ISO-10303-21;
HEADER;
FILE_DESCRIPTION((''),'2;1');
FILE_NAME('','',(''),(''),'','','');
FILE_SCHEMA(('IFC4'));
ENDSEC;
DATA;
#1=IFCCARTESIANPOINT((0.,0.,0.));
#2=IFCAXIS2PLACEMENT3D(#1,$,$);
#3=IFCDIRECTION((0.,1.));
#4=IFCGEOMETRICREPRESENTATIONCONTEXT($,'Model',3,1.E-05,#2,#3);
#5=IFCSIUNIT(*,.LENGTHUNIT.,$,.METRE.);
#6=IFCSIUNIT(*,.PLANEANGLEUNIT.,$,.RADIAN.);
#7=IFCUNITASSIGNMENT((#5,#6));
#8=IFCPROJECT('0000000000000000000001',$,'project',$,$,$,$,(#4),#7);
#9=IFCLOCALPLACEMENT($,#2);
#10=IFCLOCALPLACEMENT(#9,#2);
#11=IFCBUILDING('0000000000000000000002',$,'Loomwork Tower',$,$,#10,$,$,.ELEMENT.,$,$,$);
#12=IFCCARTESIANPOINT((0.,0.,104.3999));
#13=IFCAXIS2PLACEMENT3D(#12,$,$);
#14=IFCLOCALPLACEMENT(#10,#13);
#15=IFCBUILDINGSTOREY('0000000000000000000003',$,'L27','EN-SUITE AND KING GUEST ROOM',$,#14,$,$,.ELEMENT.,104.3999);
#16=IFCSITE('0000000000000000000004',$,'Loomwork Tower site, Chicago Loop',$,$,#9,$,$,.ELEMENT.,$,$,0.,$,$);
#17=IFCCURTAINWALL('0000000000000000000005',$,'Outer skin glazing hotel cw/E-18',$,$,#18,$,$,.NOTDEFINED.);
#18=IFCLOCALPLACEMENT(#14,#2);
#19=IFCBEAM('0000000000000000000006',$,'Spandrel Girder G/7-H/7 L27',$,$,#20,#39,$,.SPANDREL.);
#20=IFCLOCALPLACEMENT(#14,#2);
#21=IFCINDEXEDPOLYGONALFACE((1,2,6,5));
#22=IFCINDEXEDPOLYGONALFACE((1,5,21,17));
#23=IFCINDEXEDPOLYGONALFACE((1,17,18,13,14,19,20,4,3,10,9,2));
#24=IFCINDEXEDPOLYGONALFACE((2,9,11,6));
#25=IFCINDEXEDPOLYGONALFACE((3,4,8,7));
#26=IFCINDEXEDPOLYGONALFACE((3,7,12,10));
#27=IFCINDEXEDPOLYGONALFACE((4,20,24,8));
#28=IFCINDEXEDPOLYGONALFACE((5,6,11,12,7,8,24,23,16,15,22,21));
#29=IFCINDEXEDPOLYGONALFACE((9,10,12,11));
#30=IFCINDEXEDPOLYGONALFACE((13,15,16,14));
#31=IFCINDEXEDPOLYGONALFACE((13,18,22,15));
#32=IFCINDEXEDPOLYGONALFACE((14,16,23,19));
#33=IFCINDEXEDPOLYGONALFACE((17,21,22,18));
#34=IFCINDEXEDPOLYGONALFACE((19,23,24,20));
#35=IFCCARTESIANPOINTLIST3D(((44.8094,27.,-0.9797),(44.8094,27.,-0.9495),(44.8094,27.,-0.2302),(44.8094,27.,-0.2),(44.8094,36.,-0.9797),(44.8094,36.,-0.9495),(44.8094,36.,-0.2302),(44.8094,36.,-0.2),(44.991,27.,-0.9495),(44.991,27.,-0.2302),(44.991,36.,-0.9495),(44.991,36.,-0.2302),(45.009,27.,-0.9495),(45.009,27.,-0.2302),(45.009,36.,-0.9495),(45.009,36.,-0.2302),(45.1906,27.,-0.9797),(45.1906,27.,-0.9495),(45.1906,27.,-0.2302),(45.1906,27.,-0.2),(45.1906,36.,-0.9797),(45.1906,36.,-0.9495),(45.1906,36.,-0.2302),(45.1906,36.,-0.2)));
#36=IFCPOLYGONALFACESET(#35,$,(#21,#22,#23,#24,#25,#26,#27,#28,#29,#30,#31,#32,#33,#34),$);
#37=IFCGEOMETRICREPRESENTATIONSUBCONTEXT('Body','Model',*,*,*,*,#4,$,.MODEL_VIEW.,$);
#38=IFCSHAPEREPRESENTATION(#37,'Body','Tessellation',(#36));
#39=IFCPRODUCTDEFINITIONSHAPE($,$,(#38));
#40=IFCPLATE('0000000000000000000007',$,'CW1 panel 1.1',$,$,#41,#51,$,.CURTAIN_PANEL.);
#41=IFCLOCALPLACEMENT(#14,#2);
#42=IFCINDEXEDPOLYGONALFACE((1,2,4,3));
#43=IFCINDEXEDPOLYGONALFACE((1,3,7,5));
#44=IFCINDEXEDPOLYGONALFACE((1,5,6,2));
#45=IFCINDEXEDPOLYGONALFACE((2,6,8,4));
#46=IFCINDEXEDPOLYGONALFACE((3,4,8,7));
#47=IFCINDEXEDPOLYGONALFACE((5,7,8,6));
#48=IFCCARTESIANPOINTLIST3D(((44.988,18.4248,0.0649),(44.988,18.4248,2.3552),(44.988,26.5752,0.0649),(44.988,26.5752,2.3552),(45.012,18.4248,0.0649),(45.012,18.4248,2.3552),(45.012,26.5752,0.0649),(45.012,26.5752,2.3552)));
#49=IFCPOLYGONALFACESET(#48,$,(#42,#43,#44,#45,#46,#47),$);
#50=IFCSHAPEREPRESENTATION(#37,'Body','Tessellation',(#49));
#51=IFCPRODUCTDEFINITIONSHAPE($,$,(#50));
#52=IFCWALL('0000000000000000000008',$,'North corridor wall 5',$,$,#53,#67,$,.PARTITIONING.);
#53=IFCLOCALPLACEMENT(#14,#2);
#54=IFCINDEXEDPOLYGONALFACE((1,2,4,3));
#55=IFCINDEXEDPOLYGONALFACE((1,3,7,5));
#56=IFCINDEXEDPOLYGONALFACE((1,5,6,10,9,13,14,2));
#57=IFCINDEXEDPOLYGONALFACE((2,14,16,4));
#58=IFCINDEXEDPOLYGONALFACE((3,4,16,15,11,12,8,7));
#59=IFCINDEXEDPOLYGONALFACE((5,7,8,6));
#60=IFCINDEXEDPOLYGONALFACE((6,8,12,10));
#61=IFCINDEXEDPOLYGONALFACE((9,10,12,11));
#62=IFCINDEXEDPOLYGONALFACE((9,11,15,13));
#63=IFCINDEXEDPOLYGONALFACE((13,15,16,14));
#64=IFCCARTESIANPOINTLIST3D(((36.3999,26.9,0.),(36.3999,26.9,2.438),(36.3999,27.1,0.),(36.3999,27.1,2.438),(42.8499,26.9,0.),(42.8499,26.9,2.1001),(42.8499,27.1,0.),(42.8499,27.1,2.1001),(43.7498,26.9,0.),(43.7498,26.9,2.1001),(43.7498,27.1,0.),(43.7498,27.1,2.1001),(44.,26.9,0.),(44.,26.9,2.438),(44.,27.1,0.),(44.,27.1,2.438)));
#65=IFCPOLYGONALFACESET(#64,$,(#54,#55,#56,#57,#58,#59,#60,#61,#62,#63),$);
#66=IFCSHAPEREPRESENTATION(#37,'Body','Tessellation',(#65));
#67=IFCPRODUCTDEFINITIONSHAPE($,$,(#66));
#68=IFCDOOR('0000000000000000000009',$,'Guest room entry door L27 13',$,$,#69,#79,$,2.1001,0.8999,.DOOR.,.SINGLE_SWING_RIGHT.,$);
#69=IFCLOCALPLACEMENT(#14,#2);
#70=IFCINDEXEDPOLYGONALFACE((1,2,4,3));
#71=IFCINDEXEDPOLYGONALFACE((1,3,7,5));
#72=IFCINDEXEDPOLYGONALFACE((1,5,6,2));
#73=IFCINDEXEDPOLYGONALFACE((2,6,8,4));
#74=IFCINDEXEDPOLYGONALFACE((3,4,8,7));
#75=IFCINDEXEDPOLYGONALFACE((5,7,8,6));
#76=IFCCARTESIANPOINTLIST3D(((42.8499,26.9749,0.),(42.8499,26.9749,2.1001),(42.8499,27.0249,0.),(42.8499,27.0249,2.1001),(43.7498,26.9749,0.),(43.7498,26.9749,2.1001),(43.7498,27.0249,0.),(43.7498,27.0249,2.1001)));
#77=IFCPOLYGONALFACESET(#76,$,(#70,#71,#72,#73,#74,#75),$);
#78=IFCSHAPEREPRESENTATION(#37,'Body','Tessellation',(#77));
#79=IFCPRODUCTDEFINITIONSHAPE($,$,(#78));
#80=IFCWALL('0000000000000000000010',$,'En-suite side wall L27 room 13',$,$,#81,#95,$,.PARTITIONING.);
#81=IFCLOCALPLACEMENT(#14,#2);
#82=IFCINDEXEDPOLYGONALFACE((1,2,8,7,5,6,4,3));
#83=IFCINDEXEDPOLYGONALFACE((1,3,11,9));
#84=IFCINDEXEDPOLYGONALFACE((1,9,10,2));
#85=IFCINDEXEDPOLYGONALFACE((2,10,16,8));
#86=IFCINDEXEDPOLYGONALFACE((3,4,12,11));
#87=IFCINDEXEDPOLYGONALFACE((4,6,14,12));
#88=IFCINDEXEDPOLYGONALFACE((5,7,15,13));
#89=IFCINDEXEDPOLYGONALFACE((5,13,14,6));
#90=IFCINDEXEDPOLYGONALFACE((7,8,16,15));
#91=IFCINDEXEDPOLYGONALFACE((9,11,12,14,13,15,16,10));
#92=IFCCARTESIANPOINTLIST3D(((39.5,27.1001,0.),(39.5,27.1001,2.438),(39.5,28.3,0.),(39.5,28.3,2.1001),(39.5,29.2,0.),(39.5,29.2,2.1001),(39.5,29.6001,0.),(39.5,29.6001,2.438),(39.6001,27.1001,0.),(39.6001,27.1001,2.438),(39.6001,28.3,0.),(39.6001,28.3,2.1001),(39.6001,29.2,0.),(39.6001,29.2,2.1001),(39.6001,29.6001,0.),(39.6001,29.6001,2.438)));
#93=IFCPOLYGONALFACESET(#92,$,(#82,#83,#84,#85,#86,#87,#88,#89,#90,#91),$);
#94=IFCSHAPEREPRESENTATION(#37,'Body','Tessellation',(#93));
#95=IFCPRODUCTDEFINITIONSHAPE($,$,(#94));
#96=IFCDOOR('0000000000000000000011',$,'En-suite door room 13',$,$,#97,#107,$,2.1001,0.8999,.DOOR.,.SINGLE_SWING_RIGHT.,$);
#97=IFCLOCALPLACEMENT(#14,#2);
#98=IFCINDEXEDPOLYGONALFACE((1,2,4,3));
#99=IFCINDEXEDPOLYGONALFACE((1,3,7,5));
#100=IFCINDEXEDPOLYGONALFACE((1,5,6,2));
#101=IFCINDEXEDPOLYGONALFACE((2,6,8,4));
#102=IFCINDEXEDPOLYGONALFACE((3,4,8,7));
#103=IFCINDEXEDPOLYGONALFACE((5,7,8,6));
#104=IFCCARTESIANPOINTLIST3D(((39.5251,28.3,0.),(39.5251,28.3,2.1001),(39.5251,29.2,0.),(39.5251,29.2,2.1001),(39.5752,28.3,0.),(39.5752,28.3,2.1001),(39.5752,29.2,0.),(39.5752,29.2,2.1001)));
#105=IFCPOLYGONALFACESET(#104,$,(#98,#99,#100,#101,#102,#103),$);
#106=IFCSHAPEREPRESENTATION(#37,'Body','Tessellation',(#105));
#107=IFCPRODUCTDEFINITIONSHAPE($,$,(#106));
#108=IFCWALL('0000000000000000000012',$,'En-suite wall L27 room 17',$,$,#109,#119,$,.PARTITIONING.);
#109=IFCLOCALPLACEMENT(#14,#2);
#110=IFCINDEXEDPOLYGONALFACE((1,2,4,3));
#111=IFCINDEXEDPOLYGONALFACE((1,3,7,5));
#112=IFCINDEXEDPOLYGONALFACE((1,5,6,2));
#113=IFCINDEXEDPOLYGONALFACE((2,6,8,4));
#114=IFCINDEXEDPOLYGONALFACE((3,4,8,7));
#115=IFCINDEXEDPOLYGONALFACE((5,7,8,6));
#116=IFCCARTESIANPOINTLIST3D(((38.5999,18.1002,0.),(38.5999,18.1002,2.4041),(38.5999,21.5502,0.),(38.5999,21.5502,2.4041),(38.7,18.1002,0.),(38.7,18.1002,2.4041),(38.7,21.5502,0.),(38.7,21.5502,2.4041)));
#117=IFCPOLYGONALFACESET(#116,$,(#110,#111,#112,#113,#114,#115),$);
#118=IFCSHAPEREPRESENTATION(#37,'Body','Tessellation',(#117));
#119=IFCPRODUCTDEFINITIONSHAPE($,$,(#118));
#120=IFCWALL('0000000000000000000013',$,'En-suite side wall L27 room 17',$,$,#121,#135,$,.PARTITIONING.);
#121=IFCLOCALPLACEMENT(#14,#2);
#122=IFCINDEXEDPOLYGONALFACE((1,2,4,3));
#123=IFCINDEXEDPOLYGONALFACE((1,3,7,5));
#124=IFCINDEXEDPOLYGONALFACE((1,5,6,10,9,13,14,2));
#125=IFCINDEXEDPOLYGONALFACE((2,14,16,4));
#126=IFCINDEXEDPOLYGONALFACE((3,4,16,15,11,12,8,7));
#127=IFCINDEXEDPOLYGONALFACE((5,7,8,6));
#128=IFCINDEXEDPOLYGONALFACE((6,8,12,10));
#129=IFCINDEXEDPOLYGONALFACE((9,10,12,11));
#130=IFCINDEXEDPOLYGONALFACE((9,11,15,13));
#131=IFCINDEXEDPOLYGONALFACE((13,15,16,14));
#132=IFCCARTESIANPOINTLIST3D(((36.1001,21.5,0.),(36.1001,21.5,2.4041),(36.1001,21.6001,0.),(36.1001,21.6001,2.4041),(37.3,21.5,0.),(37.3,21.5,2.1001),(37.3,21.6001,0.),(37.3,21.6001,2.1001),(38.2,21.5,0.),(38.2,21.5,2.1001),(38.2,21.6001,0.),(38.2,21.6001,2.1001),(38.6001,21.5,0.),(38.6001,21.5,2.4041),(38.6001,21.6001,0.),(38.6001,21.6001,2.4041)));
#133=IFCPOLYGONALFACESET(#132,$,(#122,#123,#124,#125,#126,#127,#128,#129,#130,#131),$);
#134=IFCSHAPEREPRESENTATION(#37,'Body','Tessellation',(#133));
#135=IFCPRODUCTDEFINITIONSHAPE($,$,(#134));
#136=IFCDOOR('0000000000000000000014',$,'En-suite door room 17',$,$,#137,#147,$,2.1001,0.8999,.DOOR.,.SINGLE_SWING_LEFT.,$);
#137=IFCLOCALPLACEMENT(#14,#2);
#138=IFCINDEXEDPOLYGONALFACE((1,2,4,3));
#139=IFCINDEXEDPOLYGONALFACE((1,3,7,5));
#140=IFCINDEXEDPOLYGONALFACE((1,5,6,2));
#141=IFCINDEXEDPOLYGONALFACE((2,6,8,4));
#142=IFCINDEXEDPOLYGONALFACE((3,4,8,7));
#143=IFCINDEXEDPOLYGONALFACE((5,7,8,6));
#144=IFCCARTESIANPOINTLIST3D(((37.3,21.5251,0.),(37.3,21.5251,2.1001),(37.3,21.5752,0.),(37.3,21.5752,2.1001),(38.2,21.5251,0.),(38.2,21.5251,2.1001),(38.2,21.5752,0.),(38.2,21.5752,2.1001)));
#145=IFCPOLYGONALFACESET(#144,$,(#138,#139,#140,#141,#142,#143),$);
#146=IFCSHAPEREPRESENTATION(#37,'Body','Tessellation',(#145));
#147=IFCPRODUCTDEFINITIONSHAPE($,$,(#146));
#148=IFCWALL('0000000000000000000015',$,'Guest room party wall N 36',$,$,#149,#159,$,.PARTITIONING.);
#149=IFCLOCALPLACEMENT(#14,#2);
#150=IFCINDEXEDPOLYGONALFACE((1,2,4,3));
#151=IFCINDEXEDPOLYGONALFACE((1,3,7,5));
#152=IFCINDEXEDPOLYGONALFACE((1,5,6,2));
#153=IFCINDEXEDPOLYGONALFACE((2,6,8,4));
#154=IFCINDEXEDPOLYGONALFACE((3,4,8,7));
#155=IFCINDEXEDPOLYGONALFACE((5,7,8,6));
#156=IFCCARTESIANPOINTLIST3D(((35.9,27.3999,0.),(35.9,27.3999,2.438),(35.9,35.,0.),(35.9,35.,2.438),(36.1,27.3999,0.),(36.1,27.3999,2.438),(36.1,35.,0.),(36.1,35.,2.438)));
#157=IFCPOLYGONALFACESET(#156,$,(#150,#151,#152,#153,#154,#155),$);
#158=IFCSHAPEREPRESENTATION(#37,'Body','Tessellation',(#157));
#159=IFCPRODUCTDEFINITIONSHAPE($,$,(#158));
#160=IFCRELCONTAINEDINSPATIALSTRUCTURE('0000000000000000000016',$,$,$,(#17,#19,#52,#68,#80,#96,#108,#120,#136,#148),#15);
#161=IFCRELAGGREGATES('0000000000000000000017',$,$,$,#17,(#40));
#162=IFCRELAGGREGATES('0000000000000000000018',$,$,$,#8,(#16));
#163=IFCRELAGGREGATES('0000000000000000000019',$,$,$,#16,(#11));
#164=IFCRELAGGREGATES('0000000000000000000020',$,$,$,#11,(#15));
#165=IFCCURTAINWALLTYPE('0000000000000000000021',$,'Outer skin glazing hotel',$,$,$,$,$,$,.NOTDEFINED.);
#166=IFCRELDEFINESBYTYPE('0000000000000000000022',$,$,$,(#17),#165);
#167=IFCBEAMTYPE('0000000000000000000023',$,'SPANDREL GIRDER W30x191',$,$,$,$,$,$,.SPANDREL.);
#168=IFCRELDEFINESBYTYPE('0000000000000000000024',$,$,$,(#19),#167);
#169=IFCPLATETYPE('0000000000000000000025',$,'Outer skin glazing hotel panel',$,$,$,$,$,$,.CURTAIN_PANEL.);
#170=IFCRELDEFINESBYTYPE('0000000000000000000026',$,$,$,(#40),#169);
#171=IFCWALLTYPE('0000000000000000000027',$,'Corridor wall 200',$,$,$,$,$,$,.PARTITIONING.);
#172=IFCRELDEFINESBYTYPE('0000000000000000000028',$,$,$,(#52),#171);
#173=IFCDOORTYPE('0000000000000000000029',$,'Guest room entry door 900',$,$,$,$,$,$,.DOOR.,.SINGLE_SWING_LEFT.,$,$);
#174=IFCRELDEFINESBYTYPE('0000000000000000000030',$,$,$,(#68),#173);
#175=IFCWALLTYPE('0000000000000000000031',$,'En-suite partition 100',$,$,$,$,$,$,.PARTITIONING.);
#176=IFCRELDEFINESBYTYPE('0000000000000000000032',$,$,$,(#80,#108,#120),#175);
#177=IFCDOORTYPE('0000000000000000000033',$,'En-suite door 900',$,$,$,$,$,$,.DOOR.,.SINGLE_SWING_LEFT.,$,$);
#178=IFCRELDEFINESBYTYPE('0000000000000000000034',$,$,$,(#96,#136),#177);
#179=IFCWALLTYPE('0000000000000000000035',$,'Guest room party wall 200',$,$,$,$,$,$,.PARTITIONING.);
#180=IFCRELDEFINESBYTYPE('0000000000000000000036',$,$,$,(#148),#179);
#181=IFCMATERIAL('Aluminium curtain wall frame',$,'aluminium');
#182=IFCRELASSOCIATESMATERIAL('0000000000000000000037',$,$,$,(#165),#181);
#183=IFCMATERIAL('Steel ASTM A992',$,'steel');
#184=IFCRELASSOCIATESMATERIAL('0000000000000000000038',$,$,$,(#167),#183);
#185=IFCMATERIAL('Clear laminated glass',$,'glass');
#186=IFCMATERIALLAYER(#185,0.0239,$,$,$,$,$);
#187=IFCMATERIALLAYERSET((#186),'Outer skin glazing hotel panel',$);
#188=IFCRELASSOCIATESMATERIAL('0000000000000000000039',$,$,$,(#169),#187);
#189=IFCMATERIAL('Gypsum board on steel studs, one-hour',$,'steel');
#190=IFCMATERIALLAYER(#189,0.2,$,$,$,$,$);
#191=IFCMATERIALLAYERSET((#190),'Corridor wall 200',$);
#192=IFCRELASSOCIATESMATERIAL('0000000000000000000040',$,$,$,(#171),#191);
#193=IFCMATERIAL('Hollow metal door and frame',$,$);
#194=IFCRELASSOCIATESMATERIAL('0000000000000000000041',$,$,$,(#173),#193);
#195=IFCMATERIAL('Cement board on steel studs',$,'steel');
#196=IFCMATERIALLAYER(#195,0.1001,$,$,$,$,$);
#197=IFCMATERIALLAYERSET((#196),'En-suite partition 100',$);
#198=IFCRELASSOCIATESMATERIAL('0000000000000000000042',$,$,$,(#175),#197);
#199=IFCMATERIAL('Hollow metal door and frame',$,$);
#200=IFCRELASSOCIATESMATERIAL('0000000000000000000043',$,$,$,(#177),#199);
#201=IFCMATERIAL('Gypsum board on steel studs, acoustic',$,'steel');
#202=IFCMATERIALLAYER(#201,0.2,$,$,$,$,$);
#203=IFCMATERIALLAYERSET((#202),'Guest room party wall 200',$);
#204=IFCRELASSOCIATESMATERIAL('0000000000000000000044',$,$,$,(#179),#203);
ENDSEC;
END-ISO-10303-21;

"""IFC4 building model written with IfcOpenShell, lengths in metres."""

from ifc_helpers import new_model, si_unit, direction, frame, frame_2d, origin, origin_2d, place, context, subcontext, project, spatial, rectangle, i_section, extrude, material, layer, layer_set, material_profile, profile_set, type_object, element, fill, aggregate, save


model = new_model("IFC4")

# Units and contexts
model_context = context("Model", 3, precision=1e-05, world=origin(), true_north=direction((0.0, 1.0)))
body_context = subcontext(model_context, "Body", "Model", "MODEL_VIEW")
ifc_project = project(units=[si_unit("LENGTHUNIT", "METRE"), si_unit("PLANEANGLEUNIT", "RADIAN")], contexts=[model_context])

# Site, building, storey
site_placement = place(None, origin())
site = spatial("IfcSite", under=ifc_project, at=site_placement, Name="Loomwork Tower site, Chicago Loop", CompositionType="ELEMENT", RefElevation=0.0)
building_placement = place(site_placement, origin())
building = spatial("IfcBuilding", under=site, at=building_placement, Name="Loomwork Tower", CompositionType="ELEMENT")
storey_placement = place(building_placement, frame((0.0, 0.0, 104.3999)))
storey = spatial("IfcBuildingStorey", under=building, at=storey_placement, Name="L27", Description="EN-SUITE AND KING GUEST ROOM", CompositionType="ELEMENT", Elevation=104.3999)

# Curtain wall
ifc_material_1 = material(Name="Aluminium curtain wall frame", Category="aluminium")
curtain_wall_type = type_object("IfcCurtainWallType", Name="Outer skin glazing hotel", PredefinedType="NOTDEFINED", material=ifc_material_1)
curtain_wall_1_placement = place(storey_placement, origin())
curtain_wall_1 = element("IfcCurtainWall", 1, at=curtain_wall_1_placement, inside=storey, type_object=curtain_wall_type, Name="Outer skin glazing hotel cw/E-18", PredefinedType="NOTDEFINED")

# Beam
ifc_material_2 = material(Name="Steel ASTM A992", Category="steel")
ifc_material_profile_1 = material_profile(ifc_material_2, i_section(OverallWidth=0.3811, OverallDepth=0.7798, WebThickness=0.0181, FlangeThickness=0.0303, at=origin_2d()), Name="W30x191")
ifc_profile_set_1 = profile_set([ifc_material_profile_1], Name="Steel ASTM A992")
beam_type_1 = type_object("IfcBeamType", Name="SPANDREL GIRDER W30x191", PredefinedType="SPANDREL", material=ifc_profile_set_1)
for number, where, z_axis, x_axis, name in (
    (2, (45.0, 27.0, -0.5898), (0.0, 1.0, 0.0), (-1.0, 0.0, 0.0), "Spandrel Girder G/7-H/7 L27"),
):
    element("IfcBeam", number, at=place(storey_placement, frame(where, z_axis=z_axis, x_axis=x_axis)), inside=storey, type_object=beam_type_1, Name=name, PredefinedType="SPANDREL", context=body_context, shape_type="SweptSolid", body=[
        extrude(i_section(OverallWidth=0.3811, OverallDepth=0.7798, WebThickness=0.0181, FlangeThickness=0.0303, at=origin_2d()), origin(), (0.0, 0.0, 1.0), 9.0),
    ])

# Plate
ifc_material_3 = material(Name="Clear laminated glass", Category="glass")
ifc_layer_1 = layer(ifc_material_3, 0.0239)
ifc_layer_set_1 = layer_set([ifc_layer_1], Name="Outer skin glazing hotel panel")
plate_type = type_object("IfcPlateType", Name="Outer skin glazing hotel panel", PredefinedType="CURTAIN_PANEL", material=ifc_layer_set_1)
plate_placement = place(storey_placement, frame((45.0, 22.5, 0.0649), z_axis=(0.0, 0.0, 1.0), x_axis=(0.0, 1.0, 0.0)))
plate = element("IfcPlate", 3, at=plate_placement, type_object=plate_type, Name="CW1 panel 1.1", PredefinedType="CURTAIN_PANEL", context=body_context, shape_type="SweptSolid", body=[
    extrude(rectangle(XDim=8.1504, YDim=0.0239, at=origin_2d()), origin(), (0.0, 0.0, 1.0), 2.2903),
])
aggregate(curtain_wall_1, [plate])

# Walls, openings, doors
ifc_material_4 = material(Name="Gypsum board on steel studs, one-hour", Category="steel")
ifc_layer_2 = layer(ifc_material_4, 0.2)
ifc_layer_set_2 = layer_set([ifc_layer_2], Name="Corridor wall 200")
wall_type_1 = type_object("IfcWallType", Name="Corridor wall 200", PredefinedType="PARTITIONING", material=ifc_layer_set_2)
wall_1_placement = place(storey_placement, frame((36.3999, 27.0, 0.0), z_axis=(0.0, 0.0, 1.0), x_axis=(1.0, 0.0, 0.0)))
wall_1 = element("IfcWall", 4, at=wall_1_placement, inside=storey, type_object=wall_type_1, Name="North corridor wall 5", PredefinedType="PARTITIONING", context=body_context, shape_type="SweptSolid", body=[
    extrude(rectangle(XDim=7.6001, YDim=0.2, at=frame_2d((3.8, 0.0))), origin(), (0.0, 0.0, 1.0), 2.438),
])
opening_1_placement = place(wall_1_placement, frame((6.45, 0.0, 0.0)))
opening_1 = element("IfcOpeningElement", 5, at=opening_1_placement, cuts=wall_1, PredefinedType="OPENING", context=body_context, shape_type="SweptSolid", body=[
    extrude(rectangle(XDim=0.8999, YDim=2.1001, at=frame_2d((0.45, 1.05))), frame((0.0, 0.1099, 0.0), z_axis=(0.0, -1.0, 0.0), x_axis=(1.0, 0.0, 0.0)), (0.0, 0.0, 1.0), 0.22),
])
ifc_material_5 = material(Name="Hollow metal door and frame")
door_type_1 = type_object("IfcDoorType", Name="Guest room entry door 900", OperationType="SINGLE_SWING_LEFT", PredefinedType="DOOR", material=ifc_material_5)
door_1_placement = place(opening_1_placement, origin())
door_1 = element("IfcDoor", 6, at=door_1_placement, inside=storey, type_object=door_type_1, Name="Guest room entry door L27 13", OperationType="SINGLE_SWING_RIGHT", OverallHeight=2.1001, OverallWidth=0.8999, PredefinedType="DOOR", context=body_context, shape_type="SweptSolid", body=[
    extrude(rectangle(XDim=0.8999, YDim=2.1001, at=frame_2d((0.45, 1.05))), frame((0.0, 0.0249, 0.0), z_axis=(0.0, -1.0, 0.0), x_axis=(1.0, 0.0, 0.0)), (0.0, 0.0, 1.0), 0.05),
])
fill(opening_1, door_1)
ifc_material_6 = material(Name="Cement board on steel studs", Category="steel")
ifc_layer_3 = layer(ifc_material_6, 0.1001)
ifc_layer_set_3 = layer_set([ifc_layer_3], Name="En-suite partition 100")
wall_type_2 = type_object("IfcWallType", Name="En-suite partition 100", PredefinedType="PARTITIONING", material=ifc_layer_set_3)
wall_2_placement = place(storey_placement, frame((39.55, 27.1001, 0.0), z_axis=(0.0, 0.0, 1.0), x_axis=(0.0, 1.0, 0.0)))
wall_2 = element("IfcWall", 7, at=wall_2_placement, inside=storey, type_object=wall_type_2, Name="En-suite side wall L27 room 13", PredefinedType="PARTITIONING", context=body_context, shape_type="SweptSolid", body=[
    extrude(rectangle(XDim=2.5, YDim=0.1001, at=frame_2d((1.25, 0.0))), origin(), (0.0, 0.0, 1.0), 2.438),
])
opening_2_placement = place(wall_2_placement, frame((1.2, 0.0, 0.0)))
opening_2 = element("IfcOpeningElement", 8, at=opening_2_placement, cuts=wall_2, PredefinedType="OPENING", context=body_context, shape_type="SweptSolid", body=[
    extrude(rectangle(XDim=0.8999, YDim=2.1001, at=frame_2d((0.45, 1.05))), frame((0.0, 0.0601, 0.0), z_axis=(0.0, -1.0, 0.0), x_axis=(1.0, 0.0, 0.0)), (0.0, 0.0, 1.0), 0.1201),
])
ifc_material_7 = material(Name="Hollow metal door and frame")
door_type_2 = type_object("IfcDoorType", Name="En-suite door 900", OperationType="SINGLE_SWING_LEFT", PredefinedType="DOOR", material=ifc_material_7)
door_2_placement = place(opening_2_placement, origin())
door_2 = element("IfcDoor", 9, at=door_2_placement, inside=storey, type_object=door_type_2, Name="En-suite door room 13", OperationType="SINGLE_SWING_RIGHT", OverallHeight=2.1001, OverallWidth=0.8999, PredefinedType="DOOR", context=body_context, shape_type="SweptSolid", body=[
    extrude(rectangle(XDim=0.8999, YDim=2.1001, at=frame_2d((0.45, 1.05))), frame((0.0, 0.0249, 0.0), z_axis=(0.0, -1.0, 0.0), x_axis=(1.0, 0.0, 0.0)), (0.0, 0.0, 1.0), 0.05),
])
fill(opening_2, door_2)

# Wall
wall_3_placement = place(storey_placement, frame((38.6499, 18.1001, 0.0), z_axis=(0.0, 0.0, 1.0), x_axis=(0.0, 1.0, 0.0)))
element("IfcWall", 10, at=wall_3_placement, inside=storey, type_object=wall_type_2, Name="En-suite wall L27 room 17", PredefinedType="PARTITIONING", context=body_context, shape_type="SweptSolid", body=[
    extrude(rectangle(XDim=3.45, YDim=0.1001, at=frame_2d((1.7251, 0.0))), origin(), (0.0, 0.0, 1.0), 2.4041),
])

# Wall, opening, door
wall_4_placement = place(storey_placement, frame((36.1001, 21.55, 0.0), z_axis=(0.0, 0.0, 1.0), x_axis=(1.0, 0.0, 0.0)))
wall_4 = element("IfcWall", 11, at=wall_4_placement, inside=storey, type_object=wall_type_2, Name="En-suite side wall L27 room 17", PredefinedType="PARTITIONING", context=body_context, shape_type="SweptSolid", body=[
    extrude(rectangle(XDim=2.5, YDim=0.1001, at=frame_2d((1.25, 0.0))), origin(), (0.0, 0.0, 1.0), 2.4041),
])
opening_3_placement = place(wall_4_placement, frame((1.2, 0.0, 0.0)))
opening_3 = element("IfcOpeningElement", 12, at=opening_3_placement, cuts=wall_4, PredefinedType="OPENING", context=body_context, shape_type="SweptSolid", body=[
    extrude(rectangle(XDim=0.8999, YDim=2.1001, at=frame_2d((0.45, 1.05))), frame((0.0, 0.0601, 0.0), z_axis=(0.0, -1.0, 0.0), x_axis=(1.0, 0.0, 0.0)), (0.0, 0.0, 1.0), 0.1201),
])
door_3_placement = place(opening_3_placement, frame((0.8999, 0.0, 0.0), z_axis=(0.0, 0.0, 1.0), x_axis=(-1.0, 0.0, 0.0)))
door_3 = element("IfcDoor", 13, at=door_3_placement, inside=storey, type_object=door_type_2, Name="En-suite door room 17", OperationType="SINGLE_SWING_LEFT", OverallHeight=2.1001, OverallWidth=0.8999, PredefinedType="DOOR", context=body_context, shape_type="SweptSolid", body=[
    extrude(rectangle(XDim=0.8999, YDim=2.1001, at=frame_2d((0.45, 1.05))), frame((0.0, 0.0249, 0.0), z_axis=(0.0, -1.0, 0.0), x_axis=(1.0, 0.0, 0.0)), (0.0, 0.0, 1.0), 0.05),
])
fill(opening_3, door_3)

# Wall
ifc_material_8 = material(Name="Gypsum board on steel studs, acoustic", Category="steel")
ifc_layer_4 = layer(ifc_material_8, 0.2)
ifc_layer_set_4 = layer_set([ifc_layer_4], Name="Guest room party wall 200")
wall_type_3 = type_object("IfcWallType", Name="Guest room party wall 200", PredefinedType="PARTITIONING", material=ifc_layer_set_4)
wall_5_placement = place(storey_placement, frame((36.0, 27.3999, 0.0), z_axis=(0.0, 0.0, 1.0), x_axis=(0.0, 1.0, 0.0)))
element("IfcWall", 14, at=wall_5_placement, inside=storey, type_object=wall_type_3, Name="Guest room party wall N 36", PredefinedType="PARTITIONING", context=body_context, shape_type="SweptSolid", body=[
    extrude(rectangle(XDim=7.6001, YDim=0.2, at=frame_2d((3.8, 0.0))), origin(), (0.0, 0.0, 1.0), 2.438),
])

save(model, "model.ifc")
